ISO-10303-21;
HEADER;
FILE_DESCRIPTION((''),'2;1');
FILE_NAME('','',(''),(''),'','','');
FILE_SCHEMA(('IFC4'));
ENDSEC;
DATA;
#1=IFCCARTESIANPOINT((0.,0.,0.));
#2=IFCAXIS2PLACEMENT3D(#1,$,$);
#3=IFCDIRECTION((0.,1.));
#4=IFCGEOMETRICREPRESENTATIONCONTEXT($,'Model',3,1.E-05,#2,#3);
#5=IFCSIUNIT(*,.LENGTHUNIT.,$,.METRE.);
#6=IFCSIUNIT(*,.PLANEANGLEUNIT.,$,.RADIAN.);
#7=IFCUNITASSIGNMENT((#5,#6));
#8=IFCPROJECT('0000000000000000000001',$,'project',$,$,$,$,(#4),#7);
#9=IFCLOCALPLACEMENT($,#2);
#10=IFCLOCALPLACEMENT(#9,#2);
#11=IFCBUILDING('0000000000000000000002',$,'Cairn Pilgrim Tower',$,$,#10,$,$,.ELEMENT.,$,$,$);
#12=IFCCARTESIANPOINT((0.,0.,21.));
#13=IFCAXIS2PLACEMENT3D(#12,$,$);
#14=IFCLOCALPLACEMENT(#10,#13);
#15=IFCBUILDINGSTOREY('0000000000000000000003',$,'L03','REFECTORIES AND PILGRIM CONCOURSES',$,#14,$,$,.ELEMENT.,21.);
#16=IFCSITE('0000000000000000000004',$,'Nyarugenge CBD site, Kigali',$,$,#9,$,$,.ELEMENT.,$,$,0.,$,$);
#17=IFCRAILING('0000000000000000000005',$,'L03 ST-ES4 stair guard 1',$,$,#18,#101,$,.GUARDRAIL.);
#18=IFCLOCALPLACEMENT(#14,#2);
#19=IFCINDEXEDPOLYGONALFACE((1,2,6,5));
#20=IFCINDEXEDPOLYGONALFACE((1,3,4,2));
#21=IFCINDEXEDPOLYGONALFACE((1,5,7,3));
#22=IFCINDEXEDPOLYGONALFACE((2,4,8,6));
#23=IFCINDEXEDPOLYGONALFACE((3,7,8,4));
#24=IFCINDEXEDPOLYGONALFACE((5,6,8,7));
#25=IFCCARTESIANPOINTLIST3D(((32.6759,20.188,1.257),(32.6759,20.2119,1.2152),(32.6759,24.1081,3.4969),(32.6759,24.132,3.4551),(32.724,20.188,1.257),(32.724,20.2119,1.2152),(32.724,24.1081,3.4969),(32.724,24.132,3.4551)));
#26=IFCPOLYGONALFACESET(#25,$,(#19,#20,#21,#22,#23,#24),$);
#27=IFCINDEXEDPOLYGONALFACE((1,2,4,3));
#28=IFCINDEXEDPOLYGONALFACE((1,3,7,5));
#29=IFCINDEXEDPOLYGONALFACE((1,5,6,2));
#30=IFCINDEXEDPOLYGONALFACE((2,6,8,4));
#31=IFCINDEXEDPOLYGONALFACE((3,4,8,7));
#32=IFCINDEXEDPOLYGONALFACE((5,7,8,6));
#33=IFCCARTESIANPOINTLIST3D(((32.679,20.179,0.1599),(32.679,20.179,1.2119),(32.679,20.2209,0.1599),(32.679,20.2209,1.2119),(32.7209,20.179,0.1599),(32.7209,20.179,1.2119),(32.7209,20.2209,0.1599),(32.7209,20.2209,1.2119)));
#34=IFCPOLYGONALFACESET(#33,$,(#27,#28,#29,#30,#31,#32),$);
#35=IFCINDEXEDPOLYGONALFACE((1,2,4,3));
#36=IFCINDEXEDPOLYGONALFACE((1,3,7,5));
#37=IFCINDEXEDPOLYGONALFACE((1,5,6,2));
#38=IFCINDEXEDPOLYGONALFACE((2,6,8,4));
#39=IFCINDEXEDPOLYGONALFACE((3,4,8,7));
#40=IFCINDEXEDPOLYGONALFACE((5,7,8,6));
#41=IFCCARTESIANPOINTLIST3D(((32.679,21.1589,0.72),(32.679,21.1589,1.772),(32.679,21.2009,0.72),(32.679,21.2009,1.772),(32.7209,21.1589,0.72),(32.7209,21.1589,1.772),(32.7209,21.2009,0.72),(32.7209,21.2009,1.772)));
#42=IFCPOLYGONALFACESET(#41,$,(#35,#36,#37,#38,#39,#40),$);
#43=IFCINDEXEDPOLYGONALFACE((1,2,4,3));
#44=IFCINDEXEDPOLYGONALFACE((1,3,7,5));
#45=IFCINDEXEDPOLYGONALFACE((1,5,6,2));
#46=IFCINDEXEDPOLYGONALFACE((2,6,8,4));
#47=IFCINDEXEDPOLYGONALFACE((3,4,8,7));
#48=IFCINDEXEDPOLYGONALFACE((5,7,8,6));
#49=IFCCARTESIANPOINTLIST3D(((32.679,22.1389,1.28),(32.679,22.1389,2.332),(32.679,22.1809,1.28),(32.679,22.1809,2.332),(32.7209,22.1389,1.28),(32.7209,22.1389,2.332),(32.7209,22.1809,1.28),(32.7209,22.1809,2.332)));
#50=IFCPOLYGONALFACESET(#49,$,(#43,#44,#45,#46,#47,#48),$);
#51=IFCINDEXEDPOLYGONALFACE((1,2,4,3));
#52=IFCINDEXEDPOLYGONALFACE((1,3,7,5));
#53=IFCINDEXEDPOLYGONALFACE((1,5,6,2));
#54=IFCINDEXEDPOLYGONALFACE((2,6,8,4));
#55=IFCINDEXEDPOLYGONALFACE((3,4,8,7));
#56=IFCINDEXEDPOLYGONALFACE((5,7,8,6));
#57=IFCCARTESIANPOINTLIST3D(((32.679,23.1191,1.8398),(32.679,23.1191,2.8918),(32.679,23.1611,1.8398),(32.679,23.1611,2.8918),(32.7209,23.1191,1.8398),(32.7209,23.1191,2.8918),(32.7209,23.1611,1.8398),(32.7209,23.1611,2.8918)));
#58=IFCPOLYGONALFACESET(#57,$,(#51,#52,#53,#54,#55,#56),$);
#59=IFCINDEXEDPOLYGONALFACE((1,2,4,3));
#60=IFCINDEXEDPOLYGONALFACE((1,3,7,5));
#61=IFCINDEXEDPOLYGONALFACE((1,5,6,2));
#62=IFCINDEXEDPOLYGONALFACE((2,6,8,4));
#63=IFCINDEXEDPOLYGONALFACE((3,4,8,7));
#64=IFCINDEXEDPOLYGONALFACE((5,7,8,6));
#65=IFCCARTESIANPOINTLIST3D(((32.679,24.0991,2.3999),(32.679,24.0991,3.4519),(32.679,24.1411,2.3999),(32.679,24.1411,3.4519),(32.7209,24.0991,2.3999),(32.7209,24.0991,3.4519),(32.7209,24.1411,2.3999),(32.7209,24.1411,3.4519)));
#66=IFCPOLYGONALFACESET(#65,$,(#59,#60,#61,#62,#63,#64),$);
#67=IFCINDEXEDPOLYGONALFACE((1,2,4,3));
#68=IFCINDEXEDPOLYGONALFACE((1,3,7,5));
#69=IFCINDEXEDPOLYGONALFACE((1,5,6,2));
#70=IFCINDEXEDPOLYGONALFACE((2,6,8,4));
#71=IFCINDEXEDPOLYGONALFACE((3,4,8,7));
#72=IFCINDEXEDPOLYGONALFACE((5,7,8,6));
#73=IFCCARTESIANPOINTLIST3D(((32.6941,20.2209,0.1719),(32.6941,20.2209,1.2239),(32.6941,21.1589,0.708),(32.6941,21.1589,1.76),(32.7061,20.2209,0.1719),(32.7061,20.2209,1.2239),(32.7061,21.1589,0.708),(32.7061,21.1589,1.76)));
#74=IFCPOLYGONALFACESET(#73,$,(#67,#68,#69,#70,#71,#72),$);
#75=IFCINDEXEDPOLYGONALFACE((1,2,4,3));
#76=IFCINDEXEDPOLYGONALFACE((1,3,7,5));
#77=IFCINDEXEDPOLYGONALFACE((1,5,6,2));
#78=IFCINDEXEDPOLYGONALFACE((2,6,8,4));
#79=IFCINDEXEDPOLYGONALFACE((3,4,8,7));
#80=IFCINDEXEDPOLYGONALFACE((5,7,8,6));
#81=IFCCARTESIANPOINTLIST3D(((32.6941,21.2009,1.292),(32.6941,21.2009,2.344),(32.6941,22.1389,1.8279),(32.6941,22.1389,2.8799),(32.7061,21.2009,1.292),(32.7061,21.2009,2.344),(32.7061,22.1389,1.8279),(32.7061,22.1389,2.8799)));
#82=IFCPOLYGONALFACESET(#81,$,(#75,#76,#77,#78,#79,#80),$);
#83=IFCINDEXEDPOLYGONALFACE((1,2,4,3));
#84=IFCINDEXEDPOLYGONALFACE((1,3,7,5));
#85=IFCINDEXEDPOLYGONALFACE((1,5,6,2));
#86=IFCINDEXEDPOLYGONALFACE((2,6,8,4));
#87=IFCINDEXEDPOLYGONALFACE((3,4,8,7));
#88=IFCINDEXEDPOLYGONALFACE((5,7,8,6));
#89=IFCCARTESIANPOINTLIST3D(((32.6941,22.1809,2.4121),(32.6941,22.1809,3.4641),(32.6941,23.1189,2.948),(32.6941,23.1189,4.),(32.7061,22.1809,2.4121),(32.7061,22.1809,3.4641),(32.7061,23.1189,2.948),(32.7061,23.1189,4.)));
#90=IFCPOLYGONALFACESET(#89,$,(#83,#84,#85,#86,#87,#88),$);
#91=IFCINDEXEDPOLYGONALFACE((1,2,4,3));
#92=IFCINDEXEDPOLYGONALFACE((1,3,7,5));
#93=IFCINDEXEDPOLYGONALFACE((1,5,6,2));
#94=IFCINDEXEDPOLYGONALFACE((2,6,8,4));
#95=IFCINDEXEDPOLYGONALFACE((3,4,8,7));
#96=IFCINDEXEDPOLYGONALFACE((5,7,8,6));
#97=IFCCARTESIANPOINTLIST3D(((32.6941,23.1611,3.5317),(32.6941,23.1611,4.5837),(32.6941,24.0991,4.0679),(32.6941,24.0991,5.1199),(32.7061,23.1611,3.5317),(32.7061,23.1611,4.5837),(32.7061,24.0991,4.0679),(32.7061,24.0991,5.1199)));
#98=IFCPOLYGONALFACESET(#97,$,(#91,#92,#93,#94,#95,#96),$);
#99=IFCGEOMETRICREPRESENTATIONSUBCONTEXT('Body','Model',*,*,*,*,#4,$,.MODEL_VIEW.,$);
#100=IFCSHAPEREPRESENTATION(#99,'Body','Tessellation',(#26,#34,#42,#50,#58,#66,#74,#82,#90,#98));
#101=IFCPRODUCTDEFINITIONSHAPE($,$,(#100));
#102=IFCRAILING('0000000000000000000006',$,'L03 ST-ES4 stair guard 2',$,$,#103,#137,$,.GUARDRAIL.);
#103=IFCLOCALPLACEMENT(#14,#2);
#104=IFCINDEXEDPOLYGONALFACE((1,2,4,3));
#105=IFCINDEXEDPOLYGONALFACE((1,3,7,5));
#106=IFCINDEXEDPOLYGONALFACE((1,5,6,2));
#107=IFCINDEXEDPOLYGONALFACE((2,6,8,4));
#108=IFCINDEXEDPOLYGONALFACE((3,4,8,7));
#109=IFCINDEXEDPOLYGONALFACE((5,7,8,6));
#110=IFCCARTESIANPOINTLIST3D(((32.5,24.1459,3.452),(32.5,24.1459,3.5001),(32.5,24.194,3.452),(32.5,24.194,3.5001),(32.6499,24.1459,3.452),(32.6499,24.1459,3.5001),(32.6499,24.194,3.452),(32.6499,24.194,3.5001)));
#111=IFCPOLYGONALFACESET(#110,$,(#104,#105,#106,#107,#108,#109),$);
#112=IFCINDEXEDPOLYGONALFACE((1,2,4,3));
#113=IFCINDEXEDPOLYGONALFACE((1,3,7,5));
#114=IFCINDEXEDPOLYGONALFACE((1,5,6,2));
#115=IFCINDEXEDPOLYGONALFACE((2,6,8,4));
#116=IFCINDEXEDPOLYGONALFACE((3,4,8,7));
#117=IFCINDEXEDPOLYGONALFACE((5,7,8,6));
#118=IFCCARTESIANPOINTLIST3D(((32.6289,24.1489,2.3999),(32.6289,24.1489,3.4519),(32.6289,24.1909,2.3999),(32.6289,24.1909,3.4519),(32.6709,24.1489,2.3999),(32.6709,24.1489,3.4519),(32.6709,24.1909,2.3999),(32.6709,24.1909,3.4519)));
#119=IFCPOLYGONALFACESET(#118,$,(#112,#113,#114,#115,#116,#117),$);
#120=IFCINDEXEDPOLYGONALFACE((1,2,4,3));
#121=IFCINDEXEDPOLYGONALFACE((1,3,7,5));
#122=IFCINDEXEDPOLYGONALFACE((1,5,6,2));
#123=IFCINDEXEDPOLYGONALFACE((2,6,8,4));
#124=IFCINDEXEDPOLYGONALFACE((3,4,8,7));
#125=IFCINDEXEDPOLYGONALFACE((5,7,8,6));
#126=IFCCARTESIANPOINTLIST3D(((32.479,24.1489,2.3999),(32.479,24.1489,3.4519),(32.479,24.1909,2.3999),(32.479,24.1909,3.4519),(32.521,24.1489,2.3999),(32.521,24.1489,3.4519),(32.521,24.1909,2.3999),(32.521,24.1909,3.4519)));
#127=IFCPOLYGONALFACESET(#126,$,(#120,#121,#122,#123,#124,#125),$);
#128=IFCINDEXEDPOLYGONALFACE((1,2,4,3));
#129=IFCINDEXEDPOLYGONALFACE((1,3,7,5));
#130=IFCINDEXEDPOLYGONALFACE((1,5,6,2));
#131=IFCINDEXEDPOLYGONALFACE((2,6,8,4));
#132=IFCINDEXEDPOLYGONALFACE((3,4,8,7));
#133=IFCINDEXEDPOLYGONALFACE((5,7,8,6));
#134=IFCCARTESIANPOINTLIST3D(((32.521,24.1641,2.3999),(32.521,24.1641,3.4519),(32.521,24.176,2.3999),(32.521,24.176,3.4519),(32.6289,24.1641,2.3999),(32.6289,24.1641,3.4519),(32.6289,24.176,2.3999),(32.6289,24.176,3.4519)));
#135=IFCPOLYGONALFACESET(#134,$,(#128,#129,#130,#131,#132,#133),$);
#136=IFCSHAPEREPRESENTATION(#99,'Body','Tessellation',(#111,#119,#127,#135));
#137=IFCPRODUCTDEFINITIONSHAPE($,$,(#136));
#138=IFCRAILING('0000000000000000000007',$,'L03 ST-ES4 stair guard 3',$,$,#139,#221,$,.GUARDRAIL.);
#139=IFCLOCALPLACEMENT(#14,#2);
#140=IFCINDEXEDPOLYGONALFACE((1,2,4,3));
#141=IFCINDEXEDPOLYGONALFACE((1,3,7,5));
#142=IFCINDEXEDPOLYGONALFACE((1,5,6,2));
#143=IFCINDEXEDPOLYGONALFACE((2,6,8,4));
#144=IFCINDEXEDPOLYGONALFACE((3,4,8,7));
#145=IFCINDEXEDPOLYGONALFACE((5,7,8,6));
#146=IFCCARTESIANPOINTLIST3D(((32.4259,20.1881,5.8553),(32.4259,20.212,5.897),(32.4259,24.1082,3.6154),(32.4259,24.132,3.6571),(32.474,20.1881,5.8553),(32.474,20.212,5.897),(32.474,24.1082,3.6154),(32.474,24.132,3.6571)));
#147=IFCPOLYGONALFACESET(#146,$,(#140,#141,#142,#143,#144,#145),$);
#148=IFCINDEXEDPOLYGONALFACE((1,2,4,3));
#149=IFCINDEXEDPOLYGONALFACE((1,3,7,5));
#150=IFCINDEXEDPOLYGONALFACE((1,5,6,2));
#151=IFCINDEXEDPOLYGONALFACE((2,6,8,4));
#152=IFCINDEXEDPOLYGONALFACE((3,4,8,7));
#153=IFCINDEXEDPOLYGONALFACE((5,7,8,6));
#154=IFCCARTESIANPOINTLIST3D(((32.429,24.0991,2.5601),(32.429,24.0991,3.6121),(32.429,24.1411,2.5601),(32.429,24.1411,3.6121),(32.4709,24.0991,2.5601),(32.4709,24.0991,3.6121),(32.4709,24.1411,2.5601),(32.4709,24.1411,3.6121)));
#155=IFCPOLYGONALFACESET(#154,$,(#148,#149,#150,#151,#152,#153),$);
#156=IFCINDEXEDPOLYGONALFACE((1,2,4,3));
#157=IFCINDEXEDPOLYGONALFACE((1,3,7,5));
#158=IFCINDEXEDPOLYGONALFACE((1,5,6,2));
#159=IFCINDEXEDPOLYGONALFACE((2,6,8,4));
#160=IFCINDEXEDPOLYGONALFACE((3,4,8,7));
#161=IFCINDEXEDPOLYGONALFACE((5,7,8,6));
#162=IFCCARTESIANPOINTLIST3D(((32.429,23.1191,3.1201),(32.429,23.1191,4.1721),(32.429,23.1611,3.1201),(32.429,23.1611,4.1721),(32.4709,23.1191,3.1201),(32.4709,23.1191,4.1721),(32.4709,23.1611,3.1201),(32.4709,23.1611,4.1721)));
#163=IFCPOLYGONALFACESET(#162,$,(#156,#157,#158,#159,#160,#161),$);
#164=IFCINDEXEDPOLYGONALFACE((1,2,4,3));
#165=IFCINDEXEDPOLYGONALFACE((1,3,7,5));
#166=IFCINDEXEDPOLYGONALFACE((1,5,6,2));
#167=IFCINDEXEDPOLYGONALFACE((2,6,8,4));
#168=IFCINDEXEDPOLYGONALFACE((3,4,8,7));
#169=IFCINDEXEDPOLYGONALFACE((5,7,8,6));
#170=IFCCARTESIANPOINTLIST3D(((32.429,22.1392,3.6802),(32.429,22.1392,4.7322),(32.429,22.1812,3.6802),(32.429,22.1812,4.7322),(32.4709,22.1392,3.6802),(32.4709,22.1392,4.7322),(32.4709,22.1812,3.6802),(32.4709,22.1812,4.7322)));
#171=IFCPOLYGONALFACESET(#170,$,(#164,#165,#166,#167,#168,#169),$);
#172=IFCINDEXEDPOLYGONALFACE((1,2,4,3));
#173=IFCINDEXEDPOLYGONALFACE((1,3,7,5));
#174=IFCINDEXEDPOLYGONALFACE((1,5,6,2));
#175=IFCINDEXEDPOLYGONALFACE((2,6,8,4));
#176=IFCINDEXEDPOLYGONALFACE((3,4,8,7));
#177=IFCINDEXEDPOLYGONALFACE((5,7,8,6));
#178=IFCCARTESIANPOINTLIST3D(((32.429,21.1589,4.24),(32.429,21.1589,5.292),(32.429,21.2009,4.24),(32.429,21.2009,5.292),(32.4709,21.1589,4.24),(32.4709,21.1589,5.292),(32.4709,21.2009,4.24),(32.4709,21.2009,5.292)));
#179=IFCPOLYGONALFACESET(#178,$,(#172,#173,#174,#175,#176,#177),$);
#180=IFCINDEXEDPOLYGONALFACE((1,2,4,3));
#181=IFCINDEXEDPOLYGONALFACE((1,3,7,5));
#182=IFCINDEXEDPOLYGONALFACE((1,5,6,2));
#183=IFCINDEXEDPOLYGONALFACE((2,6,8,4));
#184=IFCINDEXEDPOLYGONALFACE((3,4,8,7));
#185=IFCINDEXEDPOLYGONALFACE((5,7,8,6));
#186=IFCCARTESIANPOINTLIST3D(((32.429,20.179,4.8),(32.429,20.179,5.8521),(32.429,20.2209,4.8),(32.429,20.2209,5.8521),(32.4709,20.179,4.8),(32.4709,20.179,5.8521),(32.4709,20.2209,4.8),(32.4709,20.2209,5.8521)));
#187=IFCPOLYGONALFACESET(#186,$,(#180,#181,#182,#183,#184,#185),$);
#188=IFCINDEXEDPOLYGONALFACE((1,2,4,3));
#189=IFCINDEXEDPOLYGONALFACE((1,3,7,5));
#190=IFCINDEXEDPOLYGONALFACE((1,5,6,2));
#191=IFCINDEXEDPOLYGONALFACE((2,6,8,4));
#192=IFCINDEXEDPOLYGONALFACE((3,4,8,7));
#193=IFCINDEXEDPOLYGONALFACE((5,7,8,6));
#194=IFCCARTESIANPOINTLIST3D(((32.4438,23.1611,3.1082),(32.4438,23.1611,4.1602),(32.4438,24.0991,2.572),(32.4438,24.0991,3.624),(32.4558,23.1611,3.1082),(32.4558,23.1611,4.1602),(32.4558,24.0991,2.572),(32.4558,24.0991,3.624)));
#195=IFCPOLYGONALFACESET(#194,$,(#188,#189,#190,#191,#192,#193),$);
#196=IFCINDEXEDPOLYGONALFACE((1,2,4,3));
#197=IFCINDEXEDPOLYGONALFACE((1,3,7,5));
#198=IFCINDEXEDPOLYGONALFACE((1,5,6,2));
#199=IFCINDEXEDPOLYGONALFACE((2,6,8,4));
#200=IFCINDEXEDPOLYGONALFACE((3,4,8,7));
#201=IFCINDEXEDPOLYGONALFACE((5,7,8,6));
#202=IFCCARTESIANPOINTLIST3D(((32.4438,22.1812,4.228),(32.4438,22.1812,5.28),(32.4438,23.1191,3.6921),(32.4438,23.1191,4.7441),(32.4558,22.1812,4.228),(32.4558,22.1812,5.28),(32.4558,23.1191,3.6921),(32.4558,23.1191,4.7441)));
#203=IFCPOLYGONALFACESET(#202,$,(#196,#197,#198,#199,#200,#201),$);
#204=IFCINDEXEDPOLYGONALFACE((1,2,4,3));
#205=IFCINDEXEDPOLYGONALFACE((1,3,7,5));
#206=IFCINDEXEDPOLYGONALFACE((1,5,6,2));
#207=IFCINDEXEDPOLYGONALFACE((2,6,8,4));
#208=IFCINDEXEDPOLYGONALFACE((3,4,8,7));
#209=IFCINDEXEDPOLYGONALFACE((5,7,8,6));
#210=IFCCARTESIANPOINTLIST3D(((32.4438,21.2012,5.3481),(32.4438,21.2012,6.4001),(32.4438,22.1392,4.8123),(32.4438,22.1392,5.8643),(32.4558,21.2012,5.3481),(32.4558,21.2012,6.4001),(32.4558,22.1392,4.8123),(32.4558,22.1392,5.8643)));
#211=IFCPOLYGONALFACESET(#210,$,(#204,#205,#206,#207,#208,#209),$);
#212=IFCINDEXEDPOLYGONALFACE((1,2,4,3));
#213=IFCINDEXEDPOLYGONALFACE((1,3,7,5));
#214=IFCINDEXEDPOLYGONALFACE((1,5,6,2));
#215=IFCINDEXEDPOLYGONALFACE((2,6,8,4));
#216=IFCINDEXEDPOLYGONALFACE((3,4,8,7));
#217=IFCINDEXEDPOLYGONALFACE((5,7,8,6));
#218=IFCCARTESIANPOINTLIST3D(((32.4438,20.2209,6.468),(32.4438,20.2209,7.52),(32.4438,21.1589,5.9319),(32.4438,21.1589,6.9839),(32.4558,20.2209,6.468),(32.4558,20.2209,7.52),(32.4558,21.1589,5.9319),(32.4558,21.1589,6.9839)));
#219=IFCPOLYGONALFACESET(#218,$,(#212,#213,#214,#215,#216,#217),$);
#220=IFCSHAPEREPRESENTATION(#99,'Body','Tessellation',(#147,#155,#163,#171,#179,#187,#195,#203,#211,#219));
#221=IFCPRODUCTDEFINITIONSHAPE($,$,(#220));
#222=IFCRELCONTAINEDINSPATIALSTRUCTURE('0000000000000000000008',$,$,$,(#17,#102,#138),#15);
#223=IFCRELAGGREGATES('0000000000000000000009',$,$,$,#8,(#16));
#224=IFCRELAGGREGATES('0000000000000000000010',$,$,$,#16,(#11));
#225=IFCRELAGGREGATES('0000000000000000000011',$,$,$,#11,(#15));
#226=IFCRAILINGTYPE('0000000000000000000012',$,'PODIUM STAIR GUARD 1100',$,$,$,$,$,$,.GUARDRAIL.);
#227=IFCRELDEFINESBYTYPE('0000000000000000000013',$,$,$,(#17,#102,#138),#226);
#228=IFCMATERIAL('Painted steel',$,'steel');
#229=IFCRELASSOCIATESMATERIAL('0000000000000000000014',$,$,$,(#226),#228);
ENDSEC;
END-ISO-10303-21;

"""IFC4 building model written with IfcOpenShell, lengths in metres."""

from ifc_helpers import new_model, si_unit, direction, frame, origin, origin_2d, place, context, subcontext, project, spatial, polyline, rectangle, outline, extrude, material, type_object, element, save


model = new_model("IFC4")

# Units and contexts
model_context = context("Model", 3, precision=1e-05, world=origin(), true_north=direction((0.0, 1.0)))
body_context = subcontext(model_context, "Body", "Model", "MODEL_VIEW")
ifc_project = project(units=[si_unit("LENGTHUNIT", "METRE"), si_unit("PLANEANGLEUNIT", "RADIAN")], contexts=[model_context])

# Site, building, storey
site_placement = place(None, origin())
site = spatial("IfcSite", under=ifc_project, at=site_placement, Name="Nyarugenge CBD site, Kigali", CompositionType="ELEMENT", RefElevation=0.0)
building_placement = place(site_placement, origin())
building = spatial("IfcBuilding", under=site, at=building_placement, Name="Cairn Pilgrim Tower", CompositionType="ELEMENT")
storey_placement = place(building_placement, frame((0.0, 0.0, 21.0)))
storey = spatial("IfcBuildingStorey", under=building, at=storey_placement, Name="L03", Description="REFECTORIES AND PILGRIM CONCOURSES", CompositionType="ELEMENT", Elevation=21.0)

# Railings
ifc_material_1 = material(Name="Painted steel", Category="steel")
railing_type_1 = type_object("IfcRailingType", Name="PODIUM STAIR GUARD 1100", PredefinedType="GUARDRAIL", material=ifc_material_1)
railing_1_placement = place(storey_placement, frame((32.7, 20.2, 0.1599)))
element("IfcRailing", 1, at=railing_1_placement, inside=storey, type_object=railing_type_1, Name="L03 ST-ES4 stair guard 1", PredefinedType="GUARDRAIL", context=body_context, shape_type="SweptSolid", body=[
    extrude(rectangle(XDim=0.0481, YDim=0.0481, at=origin_2d()), frame((0.0, 0.0, 1.0762), z_axis=(0.0, 0.868253, 0.496121), x_axis=(-1.0, 0.0, 0.0)), (0.0, 0.0, 1.0), 4.5149),
    extrude(rectangle(XDim=0.042, YDim=0.042, at=origin_2d()), origin(), (0.0, 0.0, 1.0), 1.052),
    extrude(rectangle(XDim=0.042, YDim=0.042, at=origin_2d()), frame((0.0, 0.98, 0.5601)), (0.0, 0.0, 1.0), 1.052),
    extrude(rectangle(XDim=0.042, YDim=0.042, at=origin_2d()), frame((0.0, 1.96, 1.1201)), (0.0, 0.0, 1.0), 1.052),
    extrude(rectangle(XDim=0.042, YDim=0.042, at=origin_2d()), frame((0.0, 2.9402, 1.6799)), (0.0, 0.0, 1.0), 1.052),
    extrude(rectangle(XDim=0.042, YDim=0.042, at=origin_2d()), frame((0.0, 3.9202, 2.24)), (0.0, 0.0, 1.0), 1.052),
    extrude(outline(polyline([(0.021, 0.012), (0.959, 0.5481), (0.959, 1.6001), (0.021, 1.064), (0.021, 0.012)])), frame((-0.0059, 0.0, 0.0), z_axis=(1.0, 0.0, 0.0), x_axis=(0.0, 1.0, 0.0)), (0.0, 0.0, 1.0), 0.012),
    extrude(outline(polyline([(0.021, 0.572), (0.959, 1.1079), (0.959, 2.1599), (0.021, 1.624), (0.021, 0.572)])), frame((-0.0059, 0.98, 0.5601), z_axis=(1.0, 0.0, 0.0), x_axis=(0.0, 1.0, 0.0)), (0.0, 0.0, 1.0), 0.012),
    extrude(outline(polyline([(0.021, 1.1321), (0.959, 1.668), (0.959, 2.72), (0.021, 2.1841), (0.021, 1.1321)])), frame((-0.0059, 1.96, 1.1201), z_axis=(1.0, 0.0, 0.0), x_axis=(0.0, 1.0, 0.0)), (0.0, 0.0, 1.0), 0.012),
    extrude(outline(polyline([(0.021, 1.6919), (0.959, 2.228), (0.959, 3.28), (0.021, 2.7439), (0.021, 1.6919)])), frame((-0.0059, 2.9402, 1.6799), z_axis=(1.0, 0.0, 0.0), x_axis=(0.0, 1.0, 0.0)), (0.0, 0.0, 1.0), 0.012),
])
railing_2_placement = place(storey_placement, frame((32.6499, 24.1699, 2.3999)))
element("IfcRailing", 2, at=railing_2_placement, inside=storey, type_object=railing_type_1, Name="L03 ST-ES4 stair guard 2", PredefinedType="GUARDRAIL", context=body_context, shape_type="SweptSolid", body=[
    extrude(rectangle(XDim=0.0481, YDim=0.0481, at=origin_2d()), frame((0.0, 0.0, 1.0762), z_axis=(-1.0, 0.0, 0.0), x_axis=(0.0, -1.0, 0.0)), (0.0, 0.0, 1.0), 0.1499),
    extrude(rectangle(XDim=0.042, YDim=0.042, at=origin_2d()), origin(), (0.0, 0.0, 1.0), 1.052),
    extrude(rectangle(XDim=0.042, YDim=0.042, at=origin_2d()), frame((-0.1499, 0.0, 0.0)), (0.0, 0.0, 1.0), 1.052),
    extrude(outline(polyline([(0.021, 0.0), (0.1289, 0.0), (0.1289, 1.052), (0.021, 1.052), (0.021, 0.0)])), frame((0.0, -0.0059, 0.0), z_axis=(0.0, 1.0, 0.0), x_axis=(-1.0, 0.0, 0.0)), (0.0, 0.0, 1.0), 0.012),
])
railing_3_placement = place(storey_placement, frame((32.45, 24.1201, 2.5601)))
element("IfcRailing", 3, at=railing_3_placement, inside=storey, type_object=railing_type_1, Name="L03 ST-ES4 stair guard 3", PredefinedType="GUARDRAIL", context=body_context, shape_type="SweptSolid", body=[
    extrude(rectangle(XDim=0.0481, YDim=0.0481, at=origin_2d()), frame((0.0, 0.0, 1.0762), z_axis=(0.0, -0.868253, 0.496121), x_axis=(1.0, 0.0, 0.0)), (0.0, 0.0, 1.0), 4.5149),
    extrude(rectangle(XDim=0.042, YDim=0.042, at=origin_2d()), origin(), (0.0, 0.0, 1.0), 1.052),
    extrude(rectangle(XDim=0.042, YDim=0.042, at=origin_2d()), frame((0.0, -0.98, 0.5601)), (0.0, 0.0, 1.0), 1.052),
    extrude(rectangle(XDim=0.042, YDim=0.042, at=origin_2d()), frame((0.0, -1.96, 1.1201)), (0.0, 0.0, 1.0), 1.052),
    extrude(rectangle(XDim=0.042, YDim=0.042, at=origin_2d()), frame((0.0, -2.9402, 1.6799)), (0.0, 0.0, 1.0), 1.052),
    extrude(rectangle(XDim=0.042, YDim=0.042, at=origin_2d()), frame((0.0, -3.9202, 2.24)), (0.0, 0.0, 1.0), 1.052),
    extrude(outline(polyline([(0.021, 0.012), (0.959, 0.5481), (0.959, 1.6001), (0.021, 1.064), (0.021, 0.012)])), frame((0.0059, 0.0, 0.0), z_axis=(-1.0, 0.0, 0.0), x_axis=(0.0, -1.0, 0.0)), (0.0, 0.0, 1.0), 0.012),
    extrude(outline(polyline([(0.021, 0.572), (0.959, 1.1079), (0.959, 2.1599), (0.021, 1.624), (0.021, 0.572)])), frame((0.0059, -0.98, 0.5601), z_axis=(-1.0, 0.0, 0.0), x_axis=(0.0, -1.0, 0.0)), (0.0, 0.0, 1.0), 0.012),
    extrude(outline(polyline([(0.021, 1.1321), (0.959, 1.668), (0.959, 2.72), (0.021, 2.1841), (0.021, 1.1321)])), frame((0.0059, -1.96, 1.1201), z_axis=(-1.0, 0.0, 0.0), x_axis=(0.0, -1.0, 0.0)), (0.0, 0.0, 1.0), 0.012),
    extrude(outline(polyline([(0.021, 1.6919), (0.959, 2.228), (0.959, 3.28), (0.021, 2.7439), (0.021, 1.6919)])), frame((0.0059, -2.9402, 1.6799), z_axis=(-1.0, 0.0, 0.0), x_axis=(0.0, -1.0, 0.0)), (0.0, 0.0, 1.0), 0.012),
])

save(model, "model.ifc")
